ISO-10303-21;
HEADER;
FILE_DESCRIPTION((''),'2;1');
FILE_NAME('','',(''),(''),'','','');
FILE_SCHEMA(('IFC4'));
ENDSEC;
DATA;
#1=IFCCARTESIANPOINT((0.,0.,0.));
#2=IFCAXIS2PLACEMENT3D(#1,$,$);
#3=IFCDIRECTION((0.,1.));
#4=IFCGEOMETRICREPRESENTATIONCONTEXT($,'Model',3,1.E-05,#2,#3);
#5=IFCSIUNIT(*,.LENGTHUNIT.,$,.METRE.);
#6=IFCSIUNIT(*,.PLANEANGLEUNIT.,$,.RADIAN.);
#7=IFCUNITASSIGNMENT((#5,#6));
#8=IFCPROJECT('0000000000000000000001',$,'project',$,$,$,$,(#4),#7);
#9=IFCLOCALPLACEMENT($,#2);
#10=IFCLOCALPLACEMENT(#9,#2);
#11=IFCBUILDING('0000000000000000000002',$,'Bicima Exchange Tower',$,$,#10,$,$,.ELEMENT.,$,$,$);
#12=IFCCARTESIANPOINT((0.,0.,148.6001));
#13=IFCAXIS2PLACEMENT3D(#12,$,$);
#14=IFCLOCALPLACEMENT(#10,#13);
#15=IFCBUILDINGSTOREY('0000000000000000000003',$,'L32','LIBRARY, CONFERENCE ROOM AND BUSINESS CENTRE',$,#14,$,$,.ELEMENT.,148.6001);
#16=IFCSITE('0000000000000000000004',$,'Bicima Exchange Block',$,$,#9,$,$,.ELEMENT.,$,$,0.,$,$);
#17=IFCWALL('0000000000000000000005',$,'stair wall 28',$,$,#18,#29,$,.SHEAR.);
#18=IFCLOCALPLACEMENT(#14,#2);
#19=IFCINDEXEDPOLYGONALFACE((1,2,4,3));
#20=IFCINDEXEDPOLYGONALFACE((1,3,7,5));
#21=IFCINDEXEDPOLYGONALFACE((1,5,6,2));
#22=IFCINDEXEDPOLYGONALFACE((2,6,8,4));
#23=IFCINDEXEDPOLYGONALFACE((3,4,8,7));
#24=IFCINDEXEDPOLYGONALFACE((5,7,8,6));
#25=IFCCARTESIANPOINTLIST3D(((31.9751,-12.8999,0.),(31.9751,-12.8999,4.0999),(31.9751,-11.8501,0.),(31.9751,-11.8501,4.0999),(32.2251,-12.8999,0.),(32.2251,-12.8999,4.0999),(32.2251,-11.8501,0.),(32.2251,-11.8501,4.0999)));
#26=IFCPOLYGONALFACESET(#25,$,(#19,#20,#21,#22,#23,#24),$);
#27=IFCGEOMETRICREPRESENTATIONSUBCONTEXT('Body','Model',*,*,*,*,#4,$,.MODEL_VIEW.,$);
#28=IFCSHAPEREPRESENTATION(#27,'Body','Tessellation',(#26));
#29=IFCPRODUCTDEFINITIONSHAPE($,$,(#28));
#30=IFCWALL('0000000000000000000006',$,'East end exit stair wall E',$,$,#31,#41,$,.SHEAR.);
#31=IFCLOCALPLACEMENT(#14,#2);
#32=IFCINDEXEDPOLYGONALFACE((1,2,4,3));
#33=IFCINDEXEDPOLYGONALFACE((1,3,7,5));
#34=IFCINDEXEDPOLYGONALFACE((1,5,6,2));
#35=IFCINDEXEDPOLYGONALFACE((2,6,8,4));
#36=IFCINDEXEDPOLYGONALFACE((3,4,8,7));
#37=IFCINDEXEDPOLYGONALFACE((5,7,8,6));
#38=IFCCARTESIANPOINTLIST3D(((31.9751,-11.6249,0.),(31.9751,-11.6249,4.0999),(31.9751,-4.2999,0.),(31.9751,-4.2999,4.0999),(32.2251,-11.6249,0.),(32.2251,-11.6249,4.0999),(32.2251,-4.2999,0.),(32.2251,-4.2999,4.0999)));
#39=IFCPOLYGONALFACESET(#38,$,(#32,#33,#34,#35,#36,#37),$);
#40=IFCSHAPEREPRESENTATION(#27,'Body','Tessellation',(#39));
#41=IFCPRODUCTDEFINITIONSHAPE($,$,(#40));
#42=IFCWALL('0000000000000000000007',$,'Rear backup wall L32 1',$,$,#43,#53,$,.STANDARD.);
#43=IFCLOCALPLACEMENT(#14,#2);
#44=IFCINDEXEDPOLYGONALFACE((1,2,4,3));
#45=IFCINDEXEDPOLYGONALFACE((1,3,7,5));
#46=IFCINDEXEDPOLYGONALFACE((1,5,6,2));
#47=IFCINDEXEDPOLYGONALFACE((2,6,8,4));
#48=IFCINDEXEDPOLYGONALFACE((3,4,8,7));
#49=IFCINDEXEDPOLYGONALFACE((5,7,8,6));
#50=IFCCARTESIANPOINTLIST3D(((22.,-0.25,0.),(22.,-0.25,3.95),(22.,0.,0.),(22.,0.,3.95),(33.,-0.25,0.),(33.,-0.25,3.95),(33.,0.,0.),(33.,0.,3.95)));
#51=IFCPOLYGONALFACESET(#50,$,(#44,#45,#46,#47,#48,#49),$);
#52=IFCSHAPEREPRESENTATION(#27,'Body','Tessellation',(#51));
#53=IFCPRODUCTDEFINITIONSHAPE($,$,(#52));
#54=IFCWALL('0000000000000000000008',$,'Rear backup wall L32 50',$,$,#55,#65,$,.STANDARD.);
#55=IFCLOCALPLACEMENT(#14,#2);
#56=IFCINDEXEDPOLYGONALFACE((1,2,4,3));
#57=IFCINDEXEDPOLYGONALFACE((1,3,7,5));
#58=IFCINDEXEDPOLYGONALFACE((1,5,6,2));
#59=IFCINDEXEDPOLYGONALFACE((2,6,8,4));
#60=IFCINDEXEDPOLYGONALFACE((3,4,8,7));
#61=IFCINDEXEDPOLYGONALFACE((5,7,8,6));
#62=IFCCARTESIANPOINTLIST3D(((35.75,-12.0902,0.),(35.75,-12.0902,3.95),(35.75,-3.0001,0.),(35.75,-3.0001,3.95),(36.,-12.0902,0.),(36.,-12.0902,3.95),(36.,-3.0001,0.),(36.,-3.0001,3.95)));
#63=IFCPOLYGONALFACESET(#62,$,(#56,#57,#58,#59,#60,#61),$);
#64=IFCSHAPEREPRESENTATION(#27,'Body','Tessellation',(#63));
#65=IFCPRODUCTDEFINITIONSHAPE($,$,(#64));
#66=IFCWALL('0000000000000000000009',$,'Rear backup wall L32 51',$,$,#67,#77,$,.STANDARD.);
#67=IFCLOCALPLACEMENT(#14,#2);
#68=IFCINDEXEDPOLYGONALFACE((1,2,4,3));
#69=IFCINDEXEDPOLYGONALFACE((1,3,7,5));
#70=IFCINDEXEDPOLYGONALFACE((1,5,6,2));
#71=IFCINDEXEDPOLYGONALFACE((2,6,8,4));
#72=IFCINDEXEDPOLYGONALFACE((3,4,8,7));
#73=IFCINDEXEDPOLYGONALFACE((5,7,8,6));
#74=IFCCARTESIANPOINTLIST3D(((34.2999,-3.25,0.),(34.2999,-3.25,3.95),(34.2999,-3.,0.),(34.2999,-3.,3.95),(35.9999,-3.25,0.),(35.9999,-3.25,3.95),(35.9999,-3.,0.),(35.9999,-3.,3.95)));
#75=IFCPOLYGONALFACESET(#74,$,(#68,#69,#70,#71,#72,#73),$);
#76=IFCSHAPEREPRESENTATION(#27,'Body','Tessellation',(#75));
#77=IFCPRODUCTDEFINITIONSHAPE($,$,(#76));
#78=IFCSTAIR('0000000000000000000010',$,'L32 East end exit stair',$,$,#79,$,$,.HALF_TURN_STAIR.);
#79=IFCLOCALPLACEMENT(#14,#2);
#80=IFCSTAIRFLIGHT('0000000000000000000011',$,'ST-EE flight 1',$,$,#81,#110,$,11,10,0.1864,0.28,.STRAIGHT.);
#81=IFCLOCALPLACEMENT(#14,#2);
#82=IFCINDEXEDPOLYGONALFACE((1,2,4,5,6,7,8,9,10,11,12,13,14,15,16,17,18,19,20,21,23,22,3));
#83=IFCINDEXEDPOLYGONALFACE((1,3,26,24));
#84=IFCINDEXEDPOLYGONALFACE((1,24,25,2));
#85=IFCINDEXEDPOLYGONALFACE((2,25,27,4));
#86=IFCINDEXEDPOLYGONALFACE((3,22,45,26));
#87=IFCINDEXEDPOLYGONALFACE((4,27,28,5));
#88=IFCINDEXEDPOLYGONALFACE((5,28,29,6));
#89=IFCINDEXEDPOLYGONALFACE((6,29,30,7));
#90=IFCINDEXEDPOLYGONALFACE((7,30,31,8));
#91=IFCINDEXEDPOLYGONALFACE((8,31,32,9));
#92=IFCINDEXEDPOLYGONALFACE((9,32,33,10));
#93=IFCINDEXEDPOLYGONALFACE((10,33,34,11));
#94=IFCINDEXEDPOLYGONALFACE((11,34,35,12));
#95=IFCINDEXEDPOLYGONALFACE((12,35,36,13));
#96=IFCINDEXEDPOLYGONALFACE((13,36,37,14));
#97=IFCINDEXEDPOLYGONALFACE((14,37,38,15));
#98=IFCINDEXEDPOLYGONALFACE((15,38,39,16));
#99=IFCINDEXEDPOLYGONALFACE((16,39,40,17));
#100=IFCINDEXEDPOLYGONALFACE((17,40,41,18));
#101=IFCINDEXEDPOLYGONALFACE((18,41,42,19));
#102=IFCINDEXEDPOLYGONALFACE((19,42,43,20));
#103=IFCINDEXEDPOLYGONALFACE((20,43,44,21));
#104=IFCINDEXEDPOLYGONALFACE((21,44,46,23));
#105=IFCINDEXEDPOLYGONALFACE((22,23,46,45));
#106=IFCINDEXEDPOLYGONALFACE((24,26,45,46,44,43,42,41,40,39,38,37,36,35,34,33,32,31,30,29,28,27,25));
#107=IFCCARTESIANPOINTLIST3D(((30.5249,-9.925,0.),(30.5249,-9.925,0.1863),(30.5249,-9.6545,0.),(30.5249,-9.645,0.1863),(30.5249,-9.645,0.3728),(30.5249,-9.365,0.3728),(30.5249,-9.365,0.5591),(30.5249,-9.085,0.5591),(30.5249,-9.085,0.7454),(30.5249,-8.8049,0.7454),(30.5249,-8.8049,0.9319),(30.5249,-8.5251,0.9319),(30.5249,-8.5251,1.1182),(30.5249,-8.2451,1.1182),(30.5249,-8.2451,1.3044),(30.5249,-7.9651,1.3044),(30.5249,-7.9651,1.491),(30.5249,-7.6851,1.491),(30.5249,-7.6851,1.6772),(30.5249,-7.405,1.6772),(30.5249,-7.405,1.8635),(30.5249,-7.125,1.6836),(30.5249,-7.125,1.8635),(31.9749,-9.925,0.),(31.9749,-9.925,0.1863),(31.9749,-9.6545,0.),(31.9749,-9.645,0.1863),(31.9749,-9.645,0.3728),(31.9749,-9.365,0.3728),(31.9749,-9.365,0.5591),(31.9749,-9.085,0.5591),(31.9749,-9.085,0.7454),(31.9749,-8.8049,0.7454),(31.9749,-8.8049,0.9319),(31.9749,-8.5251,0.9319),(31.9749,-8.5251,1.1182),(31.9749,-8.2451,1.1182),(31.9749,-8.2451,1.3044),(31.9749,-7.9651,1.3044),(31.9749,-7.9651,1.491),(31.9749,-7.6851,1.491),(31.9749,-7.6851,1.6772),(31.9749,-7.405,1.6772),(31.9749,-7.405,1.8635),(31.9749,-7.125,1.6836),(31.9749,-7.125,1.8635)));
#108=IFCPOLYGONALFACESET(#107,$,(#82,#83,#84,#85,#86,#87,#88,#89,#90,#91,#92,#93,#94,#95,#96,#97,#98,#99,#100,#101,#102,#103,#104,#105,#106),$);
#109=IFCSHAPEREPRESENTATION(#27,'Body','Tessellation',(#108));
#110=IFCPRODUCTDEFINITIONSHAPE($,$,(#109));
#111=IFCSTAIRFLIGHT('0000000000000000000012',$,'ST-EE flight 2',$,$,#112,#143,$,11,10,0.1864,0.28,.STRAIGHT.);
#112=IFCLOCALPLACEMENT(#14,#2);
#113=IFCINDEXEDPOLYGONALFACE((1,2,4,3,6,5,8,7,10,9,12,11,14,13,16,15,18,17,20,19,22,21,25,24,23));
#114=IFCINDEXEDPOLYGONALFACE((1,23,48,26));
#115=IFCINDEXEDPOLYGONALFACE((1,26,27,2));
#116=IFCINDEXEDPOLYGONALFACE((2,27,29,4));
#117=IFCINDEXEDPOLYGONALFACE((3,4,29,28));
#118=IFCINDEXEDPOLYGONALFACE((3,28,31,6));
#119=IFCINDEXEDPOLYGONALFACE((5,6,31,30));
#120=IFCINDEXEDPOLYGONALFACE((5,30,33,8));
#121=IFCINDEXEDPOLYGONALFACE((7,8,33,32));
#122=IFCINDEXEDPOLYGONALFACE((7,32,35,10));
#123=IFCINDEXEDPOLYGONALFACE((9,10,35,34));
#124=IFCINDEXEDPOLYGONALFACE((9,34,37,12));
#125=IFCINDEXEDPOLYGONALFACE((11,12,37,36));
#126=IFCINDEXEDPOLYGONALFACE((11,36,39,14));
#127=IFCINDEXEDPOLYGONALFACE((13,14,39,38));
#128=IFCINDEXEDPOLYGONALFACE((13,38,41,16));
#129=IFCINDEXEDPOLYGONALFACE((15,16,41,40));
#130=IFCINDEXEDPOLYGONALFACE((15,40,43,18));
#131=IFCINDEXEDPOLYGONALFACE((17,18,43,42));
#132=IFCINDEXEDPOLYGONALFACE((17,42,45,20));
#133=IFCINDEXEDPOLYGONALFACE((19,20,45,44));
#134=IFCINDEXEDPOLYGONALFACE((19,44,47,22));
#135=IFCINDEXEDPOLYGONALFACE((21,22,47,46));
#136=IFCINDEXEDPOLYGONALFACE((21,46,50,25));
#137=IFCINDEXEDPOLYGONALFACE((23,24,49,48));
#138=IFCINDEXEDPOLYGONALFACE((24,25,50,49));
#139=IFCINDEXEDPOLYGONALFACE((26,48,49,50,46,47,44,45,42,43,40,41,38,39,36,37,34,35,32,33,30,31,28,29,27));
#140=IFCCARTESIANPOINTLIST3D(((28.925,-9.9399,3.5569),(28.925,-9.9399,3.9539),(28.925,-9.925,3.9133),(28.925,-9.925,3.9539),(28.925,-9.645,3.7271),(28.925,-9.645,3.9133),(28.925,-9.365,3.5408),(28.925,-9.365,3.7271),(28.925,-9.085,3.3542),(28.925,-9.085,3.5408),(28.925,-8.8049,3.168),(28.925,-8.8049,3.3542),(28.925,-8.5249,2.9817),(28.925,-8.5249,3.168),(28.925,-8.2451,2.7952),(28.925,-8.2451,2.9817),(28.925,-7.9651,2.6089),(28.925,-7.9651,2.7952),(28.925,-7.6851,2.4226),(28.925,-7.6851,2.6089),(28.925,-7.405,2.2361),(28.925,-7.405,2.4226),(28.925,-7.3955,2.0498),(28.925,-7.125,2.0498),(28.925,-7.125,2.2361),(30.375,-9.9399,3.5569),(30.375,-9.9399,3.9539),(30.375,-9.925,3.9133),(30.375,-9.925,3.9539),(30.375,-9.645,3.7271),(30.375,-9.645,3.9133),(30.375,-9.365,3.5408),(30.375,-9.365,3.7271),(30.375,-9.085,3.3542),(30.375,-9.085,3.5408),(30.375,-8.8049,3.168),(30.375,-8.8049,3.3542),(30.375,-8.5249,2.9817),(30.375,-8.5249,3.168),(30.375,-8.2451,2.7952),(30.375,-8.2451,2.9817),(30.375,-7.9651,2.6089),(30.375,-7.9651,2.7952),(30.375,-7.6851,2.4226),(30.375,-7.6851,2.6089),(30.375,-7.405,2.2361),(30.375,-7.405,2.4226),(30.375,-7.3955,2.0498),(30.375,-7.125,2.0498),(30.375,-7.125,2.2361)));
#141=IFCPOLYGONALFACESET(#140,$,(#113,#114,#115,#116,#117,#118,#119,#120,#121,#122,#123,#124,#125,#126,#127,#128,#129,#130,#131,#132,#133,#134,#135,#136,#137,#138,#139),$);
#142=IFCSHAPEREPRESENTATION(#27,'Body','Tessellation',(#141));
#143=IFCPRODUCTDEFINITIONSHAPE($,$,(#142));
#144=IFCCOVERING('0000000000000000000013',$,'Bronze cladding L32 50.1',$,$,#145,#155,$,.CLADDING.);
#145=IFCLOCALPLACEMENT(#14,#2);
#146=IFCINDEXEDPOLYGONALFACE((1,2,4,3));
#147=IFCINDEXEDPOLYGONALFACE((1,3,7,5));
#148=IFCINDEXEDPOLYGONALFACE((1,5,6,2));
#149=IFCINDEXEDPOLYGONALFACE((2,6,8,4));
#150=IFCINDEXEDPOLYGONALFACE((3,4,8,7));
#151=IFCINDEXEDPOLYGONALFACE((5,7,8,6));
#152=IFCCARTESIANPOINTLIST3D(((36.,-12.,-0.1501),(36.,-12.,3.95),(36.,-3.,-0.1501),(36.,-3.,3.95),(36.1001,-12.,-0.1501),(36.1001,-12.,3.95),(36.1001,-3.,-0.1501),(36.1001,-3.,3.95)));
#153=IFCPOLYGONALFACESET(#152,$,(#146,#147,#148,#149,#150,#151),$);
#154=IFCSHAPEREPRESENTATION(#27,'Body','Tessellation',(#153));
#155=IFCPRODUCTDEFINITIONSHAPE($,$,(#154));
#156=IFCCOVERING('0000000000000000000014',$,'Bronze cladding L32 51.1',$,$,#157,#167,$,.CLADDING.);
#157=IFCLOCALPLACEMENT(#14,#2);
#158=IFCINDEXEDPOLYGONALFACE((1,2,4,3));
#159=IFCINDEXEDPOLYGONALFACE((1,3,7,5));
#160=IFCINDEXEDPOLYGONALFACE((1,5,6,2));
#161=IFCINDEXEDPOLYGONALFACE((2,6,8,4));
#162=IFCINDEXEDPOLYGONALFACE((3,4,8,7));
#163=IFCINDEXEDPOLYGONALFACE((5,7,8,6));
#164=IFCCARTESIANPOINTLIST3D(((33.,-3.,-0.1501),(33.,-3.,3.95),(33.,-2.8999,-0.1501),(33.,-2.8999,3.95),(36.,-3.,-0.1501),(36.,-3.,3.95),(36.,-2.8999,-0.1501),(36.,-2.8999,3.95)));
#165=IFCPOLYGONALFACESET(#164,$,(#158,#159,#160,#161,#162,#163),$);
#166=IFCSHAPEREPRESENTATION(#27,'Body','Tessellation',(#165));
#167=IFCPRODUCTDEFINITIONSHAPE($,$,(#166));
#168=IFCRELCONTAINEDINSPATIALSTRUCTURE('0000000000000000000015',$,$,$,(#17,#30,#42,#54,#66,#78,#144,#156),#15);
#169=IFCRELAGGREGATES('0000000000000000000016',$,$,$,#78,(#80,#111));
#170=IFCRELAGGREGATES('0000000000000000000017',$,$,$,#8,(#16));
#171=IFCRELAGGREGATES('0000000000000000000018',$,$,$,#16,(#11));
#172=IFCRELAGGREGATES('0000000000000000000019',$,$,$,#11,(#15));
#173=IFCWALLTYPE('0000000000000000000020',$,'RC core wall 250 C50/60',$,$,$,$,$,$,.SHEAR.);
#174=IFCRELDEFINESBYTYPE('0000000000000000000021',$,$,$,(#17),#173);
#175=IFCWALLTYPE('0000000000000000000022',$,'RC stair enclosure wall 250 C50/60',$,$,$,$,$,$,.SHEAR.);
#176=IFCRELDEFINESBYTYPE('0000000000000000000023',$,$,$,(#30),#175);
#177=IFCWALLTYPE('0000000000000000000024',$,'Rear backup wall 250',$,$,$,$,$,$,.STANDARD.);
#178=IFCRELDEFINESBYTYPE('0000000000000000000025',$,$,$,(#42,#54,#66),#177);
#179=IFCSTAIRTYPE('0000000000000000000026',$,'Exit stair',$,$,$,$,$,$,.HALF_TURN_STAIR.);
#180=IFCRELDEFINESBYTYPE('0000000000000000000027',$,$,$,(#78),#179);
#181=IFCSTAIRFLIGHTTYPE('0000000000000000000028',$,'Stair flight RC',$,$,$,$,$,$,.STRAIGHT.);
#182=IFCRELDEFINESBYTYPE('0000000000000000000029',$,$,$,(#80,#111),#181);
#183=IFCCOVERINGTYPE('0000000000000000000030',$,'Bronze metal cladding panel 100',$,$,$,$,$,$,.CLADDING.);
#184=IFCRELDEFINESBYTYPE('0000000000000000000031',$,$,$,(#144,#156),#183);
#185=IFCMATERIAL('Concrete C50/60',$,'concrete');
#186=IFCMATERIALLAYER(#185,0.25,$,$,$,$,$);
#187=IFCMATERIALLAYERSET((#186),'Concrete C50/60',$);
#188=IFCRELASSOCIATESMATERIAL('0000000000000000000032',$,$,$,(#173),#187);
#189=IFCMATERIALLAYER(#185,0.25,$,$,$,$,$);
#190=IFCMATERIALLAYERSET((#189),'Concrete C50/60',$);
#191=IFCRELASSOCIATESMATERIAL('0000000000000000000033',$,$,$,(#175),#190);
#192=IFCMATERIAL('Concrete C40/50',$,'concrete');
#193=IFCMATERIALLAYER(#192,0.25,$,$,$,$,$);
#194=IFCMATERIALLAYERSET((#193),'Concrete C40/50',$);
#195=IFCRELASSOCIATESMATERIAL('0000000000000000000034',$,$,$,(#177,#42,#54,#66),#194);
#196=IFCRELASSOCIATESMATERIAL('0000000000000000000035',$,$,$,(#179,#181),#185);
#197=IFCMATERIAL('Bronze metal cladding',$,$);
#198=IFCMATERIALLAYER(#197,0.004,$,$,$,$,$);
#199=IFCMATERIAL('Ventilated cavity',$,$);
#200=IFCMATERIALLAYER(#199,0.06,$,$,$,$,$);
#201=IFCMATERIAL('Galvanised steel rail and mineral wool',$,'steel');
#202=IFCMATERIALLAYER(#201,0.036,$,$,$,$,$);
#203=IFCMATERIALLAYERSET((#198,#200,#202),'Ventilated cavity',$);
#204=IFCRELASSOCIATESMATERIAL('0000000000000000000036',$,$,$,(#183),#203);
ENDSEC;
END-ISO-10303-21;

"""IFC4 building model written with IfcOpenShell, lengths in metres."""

from ifc_helpers import new_model, si_unit, direction, frame, frame_2d, origin, origin_2d, place, context, subcontext, project, spatial, polyline, rectangle, outline, extrude, material, layer, layer_set, layer_usage, type_object, element, aggregate, save


model = new_model("IFC4")

# Units and contexts
model_context = context("Model", 3, precision=1e-05, world=origin(), true_north=direction((0.0, 1.0)))
body_context = subcontext(model_context, "Body", "Model", "MODEL_VIEW")
ifc_project = project(units=[si_unit("LENGTHUNIT", "METRE"), si_unit("PLANEANGLEUNIT", "RADIAN")], contexts=[model_context])

# Site, building, storey
site_placement = place(None, origin())
site = spatial("IfcSite", under=ifc_project, at=site_placement, Name="Bicima Exchange Block", CompositionType="ELEMENT", RefElevation=0.0)
building_placement = place(site_placement, origin())
building = spatial("IfcBuilding", under=site, at=building_placement, Name="Bicima Exchange Tower", CompositionType="ELEMENT")
storey_placement = place(building_placement, frame((0.0, 0.0, 148.6001)))
storey = spatial("IfcBuildingStorey", under=building, at=storey_placement, Name="L32", Description="LIBRARY, CONFERENCE ROOM AND BUSINESS CENTRE", CompositionType="ELEMENT", Elevation=148.6001)

# Walls
ifc_material_1 = material(Name="Concrete C50/60", Category="concrete")
ifc_layer_1 = layer(ifc_material_1, 0.25)
ifc_layer_set_1 = layer_set([ifc_layer_1], Name="Concrete C50/60")
wall_type_1 = type_object("IfcWallType", Name="RC core wall 250 C50/60", PredefinedType="SHEAR", material=ifc_layer_set_1)
wall_1_placement = place(storey_placement, frame((32.1001, -12.8999, 0.0), z_axis=(0.0, 0.0, 1.0), x_axis=(0.0, 1.0, 0.0)))
element("IfcWall", 1, at=wall_1_placement, inside=storey, type_object=wall_type_1, Name="stair wall 28", PredefinedType="SHEAR", context=body_context, shape_type="SweptSolid", body=[
    extrude(rectangle(XDim=1.0498, YDim=0.25, at=frame_2d((0.5249, 0.0))), origin(), (0.0, 0.0, 1.0), 4.0999),
])
ifc_layer_2 = layer(ifc_material_1, 0.25)
ifc_layer_set_2 = layer_set([ifc_layer_2], Name="Concrete C50/60")
wall_type_2 = type_object("IfcWallType", Name="RC stair enclosure wall 250 C50/60", PredefinedType="SHEAR", material=ifc_layer_set_2)
wall_2_placement = place(storey_placement, frame((32.1001, -11.625, 0.0), z_axis=(0.0, 0.0, 1.0), x_axis=(0.0, 1.0, 0.0)))
element("IfcWall", 2, at=wall_2_placement, inside=storey, type_object=wall_type_2, Name="East end exit stair wall E", PredefinedType="SHEAR", context=body_context, shape_type="SweptSolid", body=[
    extrude(rectangle(XDim=7.325, YDim=0.25, at=frame_2d((3.6626, 0.0))), origin(), (0.0, 0.0, 1.0), 4.0999),
])
ifc_material_2 = material(Name="Concrete C40/50", Category="concrete")
ifc_layer_3 = layer(ifc_material_2, 0.25)
ifc_layer_set_3 = layer_set([ifc_layer_3], Name="Concrete C40/50")
ifc_layer_usage = layer_usage(ifc_layer_set_3, "AXIS2", "POSITIVE", -0.125)
wall_type_3 = type_object("IfcWallType", Name="Rear backup wall 250", PredefinedType="STANDARD", material=ifc_layer_set_3)
wall_3_placement = place(storey_placement, frame((33.0, -0.125, 0.0), z_axis=(0.0, 0.0, 1.0), x_axis=(-1.0, 0.0, 0.0)))
element("IfcWall", 3, at=wall_3_placement, inside=storey, type_object=wall_type_3, material=ifc_layer_usage, Name="Rear backup wall L32 1", PredefinedType="STANDARD", context=body_context, shape_type="SweptSolid", body=[
    extrude(rectangle(XDim=11.0, YDim=0.25, at=frame_2d((5.5, 0.0))), origin(), (0.0, 0.0, 1.0), 3.95),
])
wall_4_placement = place(storey_placement, frame((35.875, -12.0901, 0.0), z_axis=(0.0, 0.0, 1.0), x_axis=(0.0, 1.0, 0.0)))
element("IfcWall", 4, at=wall_4_placement, inside=storey, type_object=wall_type_3, material=ifc_layer_usage, Name="Rear backup wall L32 50", PredefinedType="STANDARD", context=body_context, shape_type="SweptSolid", body=[
    extrude(rectangle(XDim=9.0901, YDim=0.25, at=frame_2d((4.5449, 0.0))), origin(), (0.0, 0.0, 1.0), 3.95),
])
wall_5_placement = place(storey_placement, frame((36.0, -3.125, 0.0), z_axis=(0.0, 0.0, 1.0), x_axis=(-1.0, 0.0, 0.0)))
element("IfcWall", 5, at=wall_5_placement, inside=storey, type_object=wall_type_3, material=ifc_layer_usage, Name="Rear backup wall L32 51", PredefinedType="STANDARD", context=body_context, shape_type="SweptSolid", body=[
    extrude(rectangle(XDim=1.7, YDim=0.25, at=frame_2d((0.8501, 0.0))), origin(), (0.0, 0.0, 1.0), 3.95),
])

# Stair, stair flights
stair_type = type_object("IfcStairType", Name="Exit stair", PredefinedType="HALF_TURN_STAIR", material=ifc_material_1)
stair_placement = place(storey_placement, origin())
stair = element("IfcStair", 6, at=stair_placement, inside=storey, type_object=stair_type, Name="L32 East end exit stair", PredefinedType="HALF_TURN_STAIR")
stair_flight_type = type_object("IfcStairFlightType", Name="Stair flight RC", PredefinedType="STRAIGHT", material=ifc_material_1)
stair_flight_1_placement = place(storey_placement, frame((31.25, -9.925, 0.0), z_axis=(0.0, 0.0, 1.0), x_axis=(0.0, 1.0, 0.0)))
stair_flight_1 = element("IfcStairFlight", 7, at=stair_flight_1_placement, type_object=stair_flight_type, Name="ST-EE flight 1", NumberOfRisers=11, NumberOfTreads=10, PredefinedType="STRAIGHT", RiserHeight=0.1864, TreadLength=0.28, context=body_context, shape_type="SweptSolid", body=[
    extrude(outline(polyline([(0.0, 0.0), (0.0, 0.1863), (0.28, 0.1863), (0.28, 0.3728), (0.5601, 0.3728), (0.5601, 0.5591), (0.8401, 0.5591), (0.8401, 0.7454), (1.1201, 0.7454), (1.1201, 0.9319), (1.3999, 0.9319), (1.3999, 1.1182), (1.6799, 1.1182), (1.6799, 1.3044), (1.96, 1.3044), (1.96, 1.491), (2.24, 1.491), (2.24, 1.6772), (2.52, 1.6772), (2.52, 1.8635), (2.8, 1.8635), (2.8, 2.05), (2.8, 1.6836), (0.2705, 0.0), (0.0, 0.0)])), frame((0.0, 0.7251, 0.0), z_axis=(0.0, -1.0, 0.0), x_axis=(1.0, 0.0, 0.0)), (0.0, 0.0, 1.0), 1.45),
])
stair_flight_2_placement = place(storey_placement, frame((29.6499, -7.125, 2.0498), z_axis=(0.0, 0.0, 1.0), x_axis=(0.0, -1.0, 0.0)))
stair_flight_2 = element("IfcStairFlight", 8, at=stair_flight_2_placement, type_object=stair_flight_type, Name="ST-EE flight 2", NumberOfRisers=11, NumberOfTreads=10, PredefinedType="STRAIGHT", RiserHeight=0.1864, TreadLength=0.28, context=body_context, shape_type="SweptSolid", body=[
    extrude(outline(polyline([(0.0, 0.0), (0.0, 0.1863), (0.28, 0.1863), (0.28, 0.3728), (0.5601, 0.3728), (0.5601, 0.5591), (0.8401, 0.5591), (0.8401, 0.7454), (1.1201, 0.7454), (1.1201, 0.9319), (1.3999, 0.9319), (1.3999, 1.1182), (1.6799, 1.1182), (1.6799, 1.3044), (1.96, 1.3044), (1.96, 1.491), (2.24, 1.491), (2.24, 1.6772), (2.52, 1.6772), (2.52, 1.8635), (2.8, 1.8635), (2.8, 1.9041), (2.8149, 1.9041), (2.8149, 1.5071), (0.2705, 0.0), (0.0, 0.0)])), frame((0.0, 0.7251, 0.0), z_axis=(0.0, -1.0, 0.0), x_axis=(1.0, 0.0, 0.0)), (0.0, 0.0, 1.0), 1.45),
])
aggregate(stair, [stair_flight_1, stair_flight_2])

# Coverings
ifc_material_3 = material(Name="Bronze metal cladding")
ifc_layer_4 = layer(ifc_material_3, 0.004)
ifc_material_4 = material(Name="Ventilated cavity")
ifc_layer_5 = layer(ifc_material_4, 0.06)
ifc_material_5 = material(Name="Galvanised steel rail and mineral wool", Category="steel")
ifc_layer_6 = layer(ifc_material_5, 0.036)
ifc_layer_set_4 = layer_set([ifc_layer_4, ifc_layer_5, ifc_layer_6], Name="Ventilated cavity")
covering_type = type_object("IfcCoveringType", Name="Bronze metal cladding panel 100", PredefinedType="CLADDING", material=ifc_layer_set_4)
covering_1_placement = place(storey_placement, frame((36.05, -7.5, -0.1501), z_axis=(0.0, 0.0, 1.0), x_axis=(0.0, 1.0, 0.0)))
element("IfcCovering", 9, at=covering_1_placement, inside=storey, type_object=covering_type, Name="Bronze cladding L32 50.1", PredefinedType="CLADDING", context=body_context, shape_type="SweptSolid", body=[
    extrude(rectangle(XDim=9.0, YDim=0.1001, at=origin_2d()), origin(), (0.0, 0.0, 1.0), 4.1001),
])
covering_2_placement = place(storey_placement, frame((34.5, -2.95, -0.1501), z_axis=(0.0, 0.0, 1.0), x_axis=(-1.0, 0.0, 0.0)))
element("IfcCovering", 10, at=covering_2_placement, inside=storey, type_object=covering_type, Name="Bronze cladding L32 51.1", PredefinedType="CLADDING", context=body_context, shape_type="SweptSolid", body=[
    extrude(rectangle(XDim=3.0, YDim=0.1001, at=origin_2d()), origin(), (0.0, 0.0, 1.0), 4.1001),
])

save(model, "model.ifc")
